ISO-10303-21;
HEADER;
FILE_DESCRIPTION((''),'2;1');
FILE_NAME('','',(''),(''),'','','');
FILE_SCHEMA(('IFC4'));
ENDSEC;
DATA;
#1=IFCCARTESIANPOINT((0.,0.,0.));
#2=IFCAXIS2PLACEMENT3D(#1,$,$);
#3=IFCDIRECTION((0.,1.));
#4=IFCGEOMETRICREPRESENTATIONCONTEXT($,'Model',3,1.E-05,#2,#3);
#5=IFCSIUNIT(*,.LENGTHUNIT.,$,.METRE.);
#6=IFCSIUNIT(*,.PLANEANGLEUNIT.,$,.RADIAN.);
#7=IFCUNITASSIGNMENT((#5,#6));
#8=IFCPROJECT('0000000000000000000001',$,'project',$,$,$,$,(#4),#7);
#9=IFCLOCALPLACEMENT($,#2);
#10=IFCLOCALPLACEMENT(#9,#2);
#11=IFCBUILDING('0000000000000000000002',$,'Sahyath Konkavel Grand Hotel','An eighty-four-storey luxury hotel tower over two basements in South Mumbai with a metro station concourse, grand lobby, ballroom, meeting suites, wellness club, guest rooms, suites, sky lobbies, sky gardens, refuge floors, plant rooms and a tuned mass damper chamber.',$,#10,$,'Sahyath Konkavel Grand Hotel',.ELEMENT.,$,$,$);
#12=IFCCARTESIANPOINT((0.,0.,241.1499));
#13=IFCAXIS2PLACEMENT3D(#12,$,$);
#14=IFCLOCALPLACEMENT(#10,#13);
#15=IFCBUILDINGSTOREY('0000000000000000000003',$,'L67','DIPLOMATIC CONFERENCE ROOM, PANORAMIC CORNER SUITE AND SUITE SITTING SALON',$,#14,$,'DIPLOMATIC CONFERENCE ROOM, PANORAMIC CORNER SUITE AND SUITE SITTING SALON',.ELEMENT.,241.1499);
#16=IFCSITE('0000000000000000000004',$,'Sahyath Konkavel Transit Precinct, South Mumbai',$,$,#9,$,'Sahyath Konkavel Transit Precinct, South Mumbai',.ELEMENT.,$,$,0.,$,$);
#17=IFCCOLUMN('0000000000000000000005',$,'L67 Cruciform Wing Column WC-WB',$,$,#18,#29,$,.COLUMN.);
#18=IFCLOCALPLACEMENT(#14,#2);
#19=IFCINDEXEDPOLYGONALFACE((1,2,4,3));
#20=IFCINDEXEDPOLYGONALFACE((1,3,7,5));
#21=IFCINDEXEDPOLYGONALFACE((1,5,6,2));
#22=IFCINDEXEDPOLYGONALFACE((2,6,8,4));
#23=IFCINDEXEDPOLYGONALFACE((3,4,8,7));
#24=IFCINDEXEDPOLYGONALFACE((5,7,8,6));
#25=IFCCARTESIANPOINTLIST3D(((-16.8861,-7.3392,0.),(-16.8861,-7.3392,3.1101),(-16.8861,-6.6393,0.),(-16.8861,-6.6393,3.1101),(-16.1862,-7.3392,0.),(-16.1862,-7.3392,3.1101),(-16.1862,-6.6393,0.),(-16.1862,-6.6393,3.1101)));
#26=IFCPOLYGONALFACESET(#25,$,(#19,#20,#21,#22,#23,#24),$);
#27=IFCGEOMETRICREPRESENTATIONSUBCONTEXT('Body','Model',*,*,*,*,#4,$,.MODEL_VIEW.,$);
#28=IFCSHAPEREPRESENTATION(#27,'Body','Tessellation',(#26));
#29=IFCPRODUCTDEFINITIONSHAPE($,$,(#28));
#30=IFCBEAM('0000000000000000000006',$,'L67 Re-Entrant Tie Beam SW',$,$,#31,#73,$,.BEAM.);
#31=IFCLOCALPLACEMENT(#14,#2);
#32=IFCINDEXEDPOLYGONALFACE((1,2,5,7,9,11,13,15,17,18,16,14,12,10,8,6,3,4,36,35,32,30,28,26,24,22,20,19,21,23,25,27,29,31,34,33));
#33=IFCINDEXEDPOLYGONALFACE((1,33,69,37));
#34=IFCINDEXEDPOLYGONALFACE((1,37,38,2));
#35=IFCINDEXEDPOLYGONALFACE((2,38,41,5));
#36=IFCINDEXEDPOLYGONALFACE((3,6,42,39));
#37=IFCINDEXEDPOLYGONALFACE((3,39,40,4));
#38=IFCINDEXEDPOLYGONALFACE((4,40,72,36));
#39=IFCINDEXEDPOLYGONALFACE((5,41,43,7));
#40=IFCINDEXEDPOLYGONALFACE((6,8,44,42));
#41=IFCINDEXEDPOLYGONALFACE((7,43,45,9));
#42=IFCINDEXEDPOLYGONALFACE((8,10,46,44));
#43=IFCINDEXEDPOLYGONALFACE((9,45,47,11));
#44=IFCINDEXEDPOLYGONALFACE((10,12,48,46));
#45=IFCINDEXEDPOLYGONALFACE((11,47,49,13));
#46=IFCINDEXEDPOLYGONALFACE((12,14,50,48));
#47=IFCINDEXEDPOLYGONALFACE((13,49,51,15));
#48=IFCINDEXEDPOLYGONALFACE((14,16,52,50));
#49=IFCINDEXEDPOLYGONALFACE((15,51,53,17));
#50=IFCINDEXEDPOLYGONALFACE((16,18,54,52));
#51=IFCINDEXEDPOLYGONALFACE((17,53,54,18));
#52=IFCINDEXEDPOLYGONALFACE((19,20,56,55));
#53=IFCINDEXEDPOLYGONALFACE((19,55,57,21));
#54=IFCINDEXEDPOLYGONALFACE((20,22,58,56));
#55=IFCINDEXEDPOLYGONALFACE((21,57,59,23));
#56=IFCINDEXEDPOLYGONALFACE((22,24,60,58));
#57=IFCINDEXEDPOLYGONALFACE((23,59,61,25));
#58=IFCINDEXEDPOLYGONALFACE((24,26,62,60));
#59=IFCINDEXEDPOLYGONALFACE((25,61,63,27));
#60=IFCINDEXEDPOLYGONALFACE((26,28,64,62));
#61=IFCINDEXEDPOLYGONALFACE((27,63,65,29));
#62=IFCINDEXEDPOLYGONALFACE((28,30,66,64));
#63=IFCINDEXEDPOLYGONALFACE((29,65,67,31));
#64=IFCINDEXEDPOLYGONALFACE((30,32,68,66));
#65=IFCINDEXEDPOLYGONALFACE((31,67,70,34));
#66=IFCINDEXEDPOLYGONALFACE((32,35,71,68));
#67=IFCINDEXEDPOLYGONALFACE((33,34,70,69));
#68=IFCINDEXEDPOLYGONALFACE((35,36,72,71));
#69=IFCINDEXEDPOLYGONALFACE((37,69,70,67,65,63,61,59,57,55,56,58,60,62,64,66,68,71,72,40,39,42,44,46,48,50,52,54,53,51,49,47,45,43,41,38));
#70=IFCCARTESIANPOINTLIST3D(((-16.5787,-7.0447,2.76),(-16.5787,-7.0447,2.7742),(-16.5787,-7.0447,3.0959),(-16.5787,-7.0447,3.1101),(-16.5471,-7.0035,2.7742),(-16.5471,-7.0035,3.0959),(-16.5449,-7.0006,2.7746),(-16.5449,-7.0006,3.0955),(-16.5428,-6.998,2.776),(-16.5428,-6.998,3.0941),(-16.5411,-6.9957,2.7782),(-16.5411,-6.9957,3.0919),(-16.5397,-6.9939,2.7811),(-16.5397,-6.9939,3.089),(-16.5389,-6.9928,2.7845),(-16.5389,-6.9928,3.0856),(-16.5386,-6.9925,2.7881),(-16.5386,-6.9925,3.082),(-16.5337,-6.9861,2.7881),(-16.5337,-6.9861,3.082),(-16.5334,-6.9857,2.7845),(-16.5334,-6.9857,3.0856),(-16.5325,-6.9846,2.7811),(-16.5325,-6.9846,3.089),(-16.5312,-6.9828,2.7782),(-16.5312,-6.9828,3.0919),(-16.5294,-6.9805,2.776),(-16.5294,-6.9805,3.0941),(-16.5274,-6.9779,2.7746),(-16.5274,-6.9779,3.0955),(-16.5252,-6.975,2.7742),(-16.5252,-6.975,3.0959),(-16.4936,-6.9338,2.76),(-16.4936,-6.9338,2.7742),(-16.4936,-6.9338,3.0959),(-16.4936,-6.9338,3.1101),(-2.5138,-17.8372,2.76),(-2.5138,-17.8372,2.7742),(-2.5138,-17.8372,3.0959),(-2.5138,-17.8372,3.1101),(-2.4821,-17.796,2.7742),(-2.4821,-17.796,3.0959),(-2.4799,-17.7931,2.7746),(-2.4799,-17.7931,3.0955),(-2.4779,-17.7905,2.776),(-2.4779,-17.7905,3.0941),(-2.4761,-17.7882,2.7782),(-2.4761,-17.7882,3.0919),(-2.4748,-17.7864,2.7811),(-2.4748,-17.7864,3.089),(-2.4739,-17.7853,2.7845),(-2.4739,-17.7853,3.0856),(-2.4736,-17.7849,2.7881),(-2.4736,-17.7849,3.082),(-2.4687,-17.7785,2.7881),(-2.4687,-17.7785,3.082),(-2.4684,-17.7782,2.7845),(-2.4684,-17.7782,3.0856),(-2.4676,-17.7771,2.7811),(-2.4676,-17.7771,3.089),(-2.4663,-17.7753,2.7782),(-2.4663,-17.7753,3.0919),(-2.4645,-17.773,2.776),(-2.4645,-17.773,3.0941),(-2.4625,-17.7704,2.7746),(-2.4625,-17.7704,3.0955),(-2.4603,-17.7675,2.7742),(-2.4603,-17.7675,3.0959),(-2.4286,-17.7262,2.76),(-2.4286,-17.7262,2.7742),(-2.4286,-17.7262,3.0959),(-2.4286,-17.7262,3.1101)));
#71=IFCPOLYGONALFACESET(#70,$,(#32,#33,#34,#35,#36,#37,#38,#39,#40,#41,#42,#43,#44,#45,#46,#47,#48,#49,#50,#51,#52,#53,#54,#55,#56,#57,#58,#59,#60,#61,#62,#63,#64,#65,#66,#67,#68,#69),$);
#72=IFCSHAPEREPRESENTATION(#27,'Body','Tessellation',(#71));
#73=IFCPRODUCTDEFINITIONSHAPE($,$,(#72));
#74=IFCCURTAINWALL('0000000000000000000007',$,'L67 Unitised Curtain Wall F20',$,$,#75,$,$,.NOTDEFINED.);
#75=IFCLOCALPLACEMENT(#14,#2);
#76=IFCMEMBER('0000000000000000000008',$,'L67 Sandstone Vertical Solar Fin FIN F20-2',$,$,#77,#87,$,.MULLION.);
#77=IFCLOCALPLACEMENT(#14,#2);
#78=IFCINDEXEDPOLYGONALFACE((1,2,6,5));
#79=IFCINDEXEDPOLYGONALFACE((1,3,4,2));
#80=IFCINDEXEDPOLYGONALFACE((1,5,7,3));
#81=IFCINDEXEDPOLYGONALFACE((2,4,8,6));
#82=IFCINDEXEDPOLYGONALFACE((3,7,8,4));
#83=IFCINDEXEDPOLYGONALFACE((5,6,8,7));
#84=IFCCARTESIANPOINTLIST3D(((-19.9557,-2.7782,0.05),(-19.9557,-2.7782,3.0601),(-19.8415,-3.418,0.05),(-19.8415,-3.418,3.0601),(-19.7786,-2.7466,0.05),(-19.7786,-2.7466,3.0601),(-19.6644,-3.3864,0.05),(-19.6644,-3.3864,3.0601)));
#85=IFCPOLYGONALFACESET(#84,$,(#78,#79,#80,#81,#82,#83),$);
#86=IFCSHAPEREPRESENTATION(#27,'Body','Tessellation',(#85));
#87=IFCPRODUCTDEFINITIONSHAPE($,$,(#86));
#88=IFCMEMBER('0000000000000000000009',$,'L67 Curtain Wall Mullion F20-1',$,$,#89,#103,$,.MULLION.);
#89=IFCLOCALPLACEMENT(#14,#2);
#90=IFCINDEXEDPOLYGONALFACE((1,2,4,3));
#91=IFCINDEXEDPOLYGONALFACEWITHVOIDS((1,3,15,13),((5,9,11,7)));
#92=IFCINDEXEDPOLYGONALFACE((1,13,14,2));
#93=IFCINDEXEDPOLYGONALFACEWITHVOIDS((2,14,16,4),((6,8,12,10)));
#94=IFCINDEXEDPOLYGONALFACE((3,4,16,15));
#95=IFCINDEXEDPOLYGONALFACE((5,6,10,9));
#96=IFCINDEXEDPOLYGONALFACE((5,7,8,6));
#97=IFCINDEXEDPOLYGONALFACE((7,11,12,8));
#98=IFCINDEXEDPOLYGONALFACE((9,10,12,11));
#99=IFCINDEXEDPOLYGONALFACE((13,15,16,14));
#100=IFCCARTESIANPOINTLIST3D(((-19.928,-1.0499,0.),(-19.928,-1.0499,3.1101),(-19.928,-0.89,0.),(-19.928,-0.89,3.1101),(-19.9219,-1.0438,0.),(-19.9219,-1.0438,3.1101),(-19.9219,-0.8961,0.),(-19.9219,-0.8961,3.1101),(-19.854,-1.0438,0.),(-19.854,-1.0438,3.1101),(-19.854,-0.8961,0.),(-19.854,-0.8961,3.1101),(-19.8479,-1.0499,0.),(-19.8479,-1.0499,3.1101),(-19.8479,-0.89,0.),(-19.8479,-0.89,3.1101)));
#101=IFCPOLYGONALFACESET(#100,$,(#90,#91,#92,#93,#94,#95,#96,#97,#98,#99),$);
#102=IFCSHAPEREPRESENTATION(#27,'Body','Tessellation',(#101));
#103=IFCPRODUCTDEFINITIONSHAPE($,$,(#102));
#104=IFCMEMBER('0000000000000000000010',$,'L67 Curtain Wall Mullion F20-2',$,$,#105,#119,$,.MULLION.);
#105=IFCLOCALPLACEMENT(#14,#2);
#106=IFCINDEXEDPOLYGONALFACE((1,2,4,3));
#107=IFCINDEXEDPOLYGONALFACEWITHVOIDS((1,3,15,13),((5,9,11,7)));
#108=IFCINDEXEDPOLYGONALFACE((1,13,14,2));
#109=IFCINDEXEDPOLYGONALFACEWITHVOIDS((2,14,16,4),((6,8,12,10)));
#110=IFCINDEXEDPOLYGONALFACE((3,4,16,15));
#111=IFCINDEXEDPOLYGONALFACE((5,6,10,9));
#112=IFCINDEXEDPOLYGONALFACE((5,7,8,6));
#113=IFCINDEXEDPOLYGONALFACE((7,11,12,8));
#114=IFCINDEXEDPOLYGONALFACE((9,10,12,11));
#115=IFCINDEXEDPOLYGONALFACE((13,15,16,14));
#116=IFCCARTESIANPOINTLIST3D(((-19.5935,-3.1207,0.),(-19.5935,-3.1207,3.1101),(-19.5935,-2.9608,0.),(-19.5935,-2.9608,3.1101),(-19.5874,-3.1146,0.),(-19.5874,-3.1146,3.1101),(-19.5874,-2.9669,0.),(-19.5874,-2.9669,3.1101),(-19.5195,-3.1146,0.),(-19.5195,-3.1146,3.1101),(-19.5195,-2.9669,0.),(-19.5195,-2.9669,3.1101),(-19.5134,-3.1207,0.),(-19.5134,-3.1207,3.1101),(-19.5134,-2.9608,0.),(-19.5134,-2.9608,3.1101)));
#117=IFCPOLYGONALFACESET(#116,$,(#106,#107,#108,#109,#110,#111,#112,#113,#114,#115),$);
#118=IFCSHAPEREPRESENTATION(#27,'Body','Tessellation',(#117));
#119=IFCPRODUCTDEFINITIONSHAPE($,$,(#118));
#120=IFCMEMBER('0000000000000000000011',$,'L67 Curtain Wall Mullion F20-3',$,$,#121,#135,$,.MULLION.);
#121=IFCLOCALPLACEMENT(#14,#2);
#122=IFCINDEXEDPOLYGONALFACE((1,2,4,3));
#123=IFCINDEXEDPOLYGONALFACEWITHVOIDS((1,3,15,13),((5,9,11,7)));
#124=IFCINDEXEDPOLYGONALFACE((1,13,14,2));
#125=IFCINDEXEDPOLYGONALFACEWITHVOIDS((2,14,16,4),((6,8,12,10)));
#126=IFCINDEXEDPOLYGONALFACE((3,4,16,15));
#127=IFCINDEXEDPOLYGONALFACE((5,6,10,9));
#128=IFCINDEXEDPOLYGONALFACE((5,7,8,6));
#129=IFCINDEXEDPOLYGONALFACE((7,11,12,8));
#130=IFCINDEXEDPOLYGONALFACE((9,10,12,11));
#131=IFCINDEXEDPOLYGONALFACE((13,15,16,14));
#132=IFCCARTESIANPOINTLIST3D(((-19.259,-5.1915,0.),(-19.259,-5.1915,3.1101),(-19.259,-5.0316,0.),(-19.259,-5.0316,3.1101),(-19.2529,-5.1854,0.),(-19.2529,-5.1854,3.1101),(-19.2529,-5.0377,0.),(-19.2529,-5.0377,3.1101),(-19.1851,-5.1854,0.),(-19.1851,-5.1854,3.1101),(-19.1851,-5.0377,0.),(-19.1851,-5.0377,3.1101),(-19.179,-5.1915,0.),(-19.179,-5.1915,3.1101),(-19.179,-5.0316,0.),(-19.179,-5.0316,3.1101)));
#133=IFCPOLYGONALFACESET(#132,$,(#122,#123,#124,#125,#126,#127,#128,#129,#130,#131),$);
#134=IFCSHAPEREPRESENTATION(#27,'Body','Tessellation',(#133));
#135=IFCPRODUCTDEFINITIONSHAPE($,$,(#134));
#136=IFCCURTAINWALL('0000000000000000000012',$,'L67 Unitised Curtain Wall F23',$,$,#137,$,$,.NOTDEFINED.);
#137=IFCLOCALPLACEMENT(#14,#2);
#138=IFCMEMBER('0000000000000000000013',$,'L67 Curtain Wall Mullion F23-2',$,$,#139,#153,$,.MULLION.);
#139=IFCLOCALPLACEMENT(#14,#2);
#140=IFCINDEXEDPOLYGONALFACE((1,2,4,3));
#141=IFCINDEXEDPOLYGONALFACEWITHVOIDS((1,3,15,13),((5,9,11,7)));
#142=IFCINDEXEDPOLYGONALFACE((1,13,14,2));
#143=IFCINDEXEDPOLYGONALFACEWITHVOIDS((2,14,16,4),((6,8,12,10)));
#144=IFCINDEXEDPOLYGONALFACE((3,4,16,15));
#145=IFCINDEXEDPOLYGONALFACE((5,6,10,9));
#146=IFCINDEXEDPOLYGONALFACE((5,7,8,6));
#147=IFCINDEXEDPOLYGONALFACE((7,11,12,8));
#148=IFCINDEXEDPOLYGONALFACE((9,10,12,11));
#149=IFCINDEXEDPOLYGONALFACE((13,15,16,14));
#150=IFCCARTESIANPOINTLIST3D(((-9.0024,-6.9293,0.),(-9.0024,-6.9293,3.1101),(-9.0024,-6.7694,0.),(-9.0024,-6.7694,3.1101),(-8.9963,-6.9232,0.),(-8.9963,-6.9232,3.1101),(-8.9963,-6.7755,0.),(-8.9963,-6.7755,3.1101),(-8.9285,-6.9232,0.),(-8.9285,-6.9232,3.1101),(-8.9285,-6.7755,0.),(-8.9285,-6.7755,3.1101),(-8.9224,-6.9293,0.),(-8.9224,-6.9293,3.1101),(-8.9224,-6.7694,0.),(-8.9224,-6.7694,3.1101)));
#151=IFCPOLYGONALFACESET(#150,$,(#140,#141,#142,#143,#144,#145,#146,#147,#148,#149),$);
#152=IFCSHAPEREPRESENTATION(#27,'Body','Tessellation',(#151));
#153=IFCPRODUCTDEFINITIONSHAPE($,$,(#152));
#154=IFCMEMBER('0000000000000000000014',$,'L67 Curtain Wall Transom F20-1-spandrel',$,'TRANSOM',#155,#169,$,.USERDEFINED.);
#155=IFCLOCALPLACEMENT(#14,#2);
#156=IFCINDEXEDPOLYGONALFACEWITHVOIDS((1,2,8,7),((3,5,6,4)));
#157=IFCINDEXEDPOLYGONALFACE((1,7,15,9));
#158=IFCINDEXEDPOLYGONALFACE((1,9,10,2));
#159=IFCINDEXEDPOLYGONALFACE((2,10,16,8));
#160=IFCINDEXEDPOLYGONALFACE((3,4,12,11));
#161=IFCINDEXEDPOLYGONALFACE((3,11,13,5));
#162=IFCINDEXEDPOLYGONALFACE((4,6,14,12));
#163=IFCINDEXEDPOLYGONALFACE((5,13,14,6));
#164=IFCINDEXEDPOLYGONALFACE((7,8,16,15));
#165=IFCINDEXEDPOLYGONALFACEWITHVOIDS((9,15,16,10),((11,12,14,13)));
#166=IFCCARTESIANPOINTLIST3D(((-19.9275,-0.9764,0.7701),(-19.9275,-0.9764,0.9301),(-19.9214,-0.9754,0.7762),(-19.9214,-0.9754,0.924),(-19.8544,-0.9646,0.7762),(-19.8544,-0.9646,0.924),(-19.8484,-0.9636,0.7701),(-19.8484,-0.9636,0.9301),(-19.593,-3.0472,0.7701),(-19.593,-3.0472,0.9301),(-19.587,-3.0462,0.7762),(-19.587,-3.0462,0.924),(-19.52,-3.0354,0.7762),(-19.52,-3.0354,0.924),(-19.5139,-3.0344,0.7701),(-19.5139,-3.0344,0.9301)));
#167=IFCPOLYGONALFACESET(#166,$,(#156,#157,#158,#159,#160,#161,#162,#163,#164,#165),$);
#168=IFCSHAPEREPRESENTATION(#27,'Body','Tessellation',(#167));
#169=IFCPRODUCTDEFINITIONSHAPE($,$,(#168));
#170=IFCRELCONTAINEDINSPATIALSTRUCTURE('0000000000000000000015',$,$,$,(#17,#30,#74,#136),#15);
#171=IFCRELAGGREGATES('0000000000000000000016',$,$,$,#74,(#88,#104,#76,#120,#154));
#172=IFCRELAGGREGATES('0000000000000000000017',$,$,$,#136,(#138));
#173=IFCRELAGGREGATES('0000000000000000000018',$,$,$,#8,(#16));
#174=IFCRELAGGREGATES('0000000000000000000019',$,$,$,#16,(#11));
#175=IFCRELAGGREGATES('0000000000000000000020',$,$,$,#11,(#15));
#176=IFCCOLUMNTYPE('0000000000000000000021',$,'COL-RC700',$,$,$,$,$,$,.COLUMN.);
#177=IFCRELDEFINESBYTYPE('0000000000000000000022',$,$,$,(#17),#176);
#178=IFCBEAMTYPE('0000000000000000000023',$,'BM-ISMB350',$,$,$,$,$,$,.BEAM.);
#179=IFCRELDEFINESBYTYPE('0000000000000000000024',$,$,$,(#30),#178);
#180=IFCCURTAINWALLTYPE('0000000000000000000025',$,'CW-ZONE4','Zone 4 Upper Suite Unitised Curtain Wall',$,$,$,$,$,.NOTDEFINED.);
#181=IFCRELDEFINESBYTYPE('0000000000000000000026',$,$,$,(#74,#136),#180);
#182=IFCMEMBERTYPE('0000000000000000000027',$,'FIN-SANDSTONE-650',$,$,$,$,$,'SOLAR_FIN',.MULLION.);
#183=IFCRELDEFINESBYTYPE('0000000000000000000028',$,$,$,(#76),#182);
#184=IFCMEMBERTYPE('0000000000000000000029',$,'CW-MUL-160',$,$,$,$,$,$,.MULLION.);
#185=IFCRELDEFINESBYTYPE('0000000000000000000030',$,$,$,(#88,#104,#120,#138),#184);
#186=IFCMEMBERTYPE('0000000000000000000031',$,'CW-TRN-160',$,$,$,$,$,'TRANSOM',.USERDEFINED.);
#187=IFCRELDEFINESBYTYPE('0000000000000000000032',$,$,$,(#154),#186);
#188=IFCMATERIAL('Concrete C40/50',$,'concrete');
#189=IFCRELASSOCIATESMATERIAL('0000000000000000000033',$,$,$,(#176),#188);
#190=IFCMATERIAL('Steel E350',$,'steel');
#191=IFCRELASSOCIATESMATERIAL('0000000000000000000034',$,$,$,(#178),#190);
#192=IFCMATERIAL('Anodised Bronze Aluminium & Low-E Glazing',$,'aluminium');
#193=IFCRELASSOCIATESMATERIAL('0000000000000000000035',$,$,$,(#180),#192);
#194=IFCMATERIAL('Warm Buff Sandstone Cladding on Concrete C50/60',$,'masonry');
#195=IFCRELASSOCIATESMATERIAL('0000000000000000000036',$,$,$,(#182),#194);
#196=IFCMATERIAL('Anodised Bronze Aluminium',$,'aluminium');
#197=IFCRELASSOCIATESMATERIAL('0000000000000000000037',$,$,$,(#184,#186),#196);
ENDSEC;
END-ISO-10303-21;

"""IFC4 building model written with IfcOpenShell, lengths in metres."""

from ifc_helpers import new_model, si_unit, direction, frame, origin, origin_2d, place, context, subcontext, project, spatial, rectangle, hollow_rectangle, i_section, extrude, source, transform, mapped, material, material_profile, profile_set, type_object, element, aggregate, save


model = new_model("IFC4")

# Units and contexts
model_context = context("Model", 3, precision=1e-05, world=origin(), true_north=direction((0.0, 1.0)))
body_context = subcontext(model_context, "Body", "Model", "MODEL_VIEW")
ifc_project = project(units=[si_unit("LENGTHUNIT", "METRE"), si_unit("PLANEANGLEUNIT", "RADIAN")], contexts=[model_context])

# Site, building, storey
site_placement = place(None, origin())
site = spatial("IfcSite", under=ifc_project, at=site_placement, Name="Sahyath Konkavel Transit Precinct, South Mumbai", LongName="Sahyath Konkavel Transit Precinct, South Mumbai", CompositionType="ELEMENT", RefElevation=0.0)
building_placement = place(site_placement, origin())
building = spatial("IfcBuilding", under=site, at=building_placement, Name="Sahyath Konkavel Grand Hotel", Description="An eighty-four-storey luxury hotel tower over two basements in South Mumbai with a metro station concourse, grand lobby, ballroom, meeting suites, wellness club, guest rooms, suites, sky lobbies, sky gardens, refuge floors, plant rooms and a tuned mass damper chamber.", LongName="Sahyath Konkavel Grand Hotel", CompositionType="ELEMENT")
storey_placement = place(building_placement, frame((0.0, 0.0, 241.1499)))
storey = spatial("IfcBuildingStorey", under=building, at=storey_placement, Name="L67", Description="DIPLOMATIC CONFERENCE ROOM, PANORAMIC CORNER SUITE AND SUITE SITTING SALON", LongName="DIPLOMATIC CONFERENCE ROOM, PANORAMIC CORNER SUITE AND SUITE SITTING SALON", CompositionType="ELEMENT", Elevation=241.1499)

# Column
ifc_material_1 = material(Name="Concrete C40/50", Category="concrete")
ifc_material_profile_1 = material_profile(ifc_material_1, rectangle(XDim=0.7, YDim=0.7, at=origin_2d()), Name="RC 700x700")
ifc_profile_set_1 = profile_set([ifc_material_profile_1], Name="Concrete C40/50")
column_type = type_object("IfcColumnType", Name="COL-RC700", PredefinedType="COLUMN", material=ifc_profile_set_1)
shared_shape_1 = source(origin(), body_context, "Body", "SweptSolid", [
    extrude(rectangle(XDim=0.7, YDim=0.7, at=origin_2d()), origin(), (0.0, 0.0, 1.0), 3.1101),
])
column_placement = place(storey_placement, frame((-16.5361, -6.9893, 0.0), z_axis=(0.0, 0.0, 1.0), x_axis=(1.0, 0.0, 0.0)))
element("IfcColumn", 1, at=column_placement, inside=storey, type_object=column_type, Name="L67 Cruciform Wing Column WC-WB", PredefinedType="COLUMN", context=body_context, shape_type="MappedRepresentation", body=[
    mapped(shared_shape_1, transform((0.0, 0.0, 0.0), scale=1.0)),
])

# Beam
ifc_material_2 = material(Name="Steel E350", Category="steel")
ifc_material_profile_2 = material_profile(ifc_material_2, i_section(OverallWidth=0.1399, OverallDepth=0.3501, WebThickness=0.0081, FlangeThickness=0.0142, FilletRadius=0.0139, at=origin_2d()), Name="ISMB 350")
ifc_profile_set_2 = profile_set([ifc_material_profile_2], Name="Steel E350")
beam_type_1 = type_object("IfcBeamType", Name="BM-ISMB350", PredefinedType="BEAM", material=ifc_profile_set_2)
shared_shape_2 = source(origin(), body_context, "Body", "SweptSolid", [
    extrude(i_section(OverallWidth=0.1399, OverallDepth=0.3501, WebThickness=0.0081, FlangeThickness=0.0142, FilletRadius=0.0139, at=origin_2d()), origin(), (0.0, 0.0, 1.0), 17.7285),
])
beam_1_placement = place(storey_placement, frame((-16.5361, -6.9893, 2.9351), z_axis=(0.793351, -0.608764, 0.0), x_axis=(0.608764, 0.793351, 0.0)))
element("IfcBeam", 2, at=beam_1_placement, inside=storey, type_object=beam_type_1, Name="L67 Re-Entrant Tie Beam SW", PredefinedType="BEAM", context=body_context, shape_type="MappedRepresentation", body=[
    mapped(shared_shape_2, transform((0.0, 0.0, 0.0), scale=1.0)),
])

# Curtain wall, members
ifc_material_3 = material(Name="Anodised Bronze Aluminium & Low-E Glazing", Category="aluminium")
curtain_wall_type = type_object("IfcCurtainWallType", Name="CW-ZONE4", Description="Zone 4 Upper Suite Unitised Curtain Wall", PredefinedType="NOTDEFINED", material=ifc_material_3)
curtain_wall_1_placement = place(storey_placement, origin())
curtain_wall_1 = element("IfcCurtainWall", 3, at=curtain_wall_1_placement, inside=storey, type_object=curtain_wall_type, Name="L67 Unitised Curtain Wall F20", PredefinedType="NOTDEFINED")
ifc_material_4 = material(Name="Warm Buff Sandstone Cladding on Concrete C50/60", Category="masonry")
ifc_material_profile_3 = material_profile(ifc_material_4, rectangle(XDim=0.1799, YDim=0.6499, at=origin_2d()), Name="FIN 180x650")
ifc_profile_set_3 = profile_set([ifc_material_profile_3], Name="Warm Buff Sandstone Cladding on Concrete C50/60")
member_type_1 = type_object("IfcMemberType", Name="FIN-SANDSTONE-650", ElementType="SOLAR_FIN", PredefinedType="MULLION", material=ifc_profile_set_3)
shared_shape_3 = source(origin(), body_context, "Body", "SweptSolid", [
    extrude(rectangle(XDim=0.1799, YDim=0.6499, at=origin_2d()), origin(), (0.0, 0.0, 1.0), 3.01),
])
member_1_placement = place(storey_placement, frame((-19.8101, -3.0823, 0.05), z_axis=(0.0, 0.0, 1.0), x_axis=(0.984442, 0.17571, 0.0)))
member_1 = element("IfcMember", 4, at=member_1_placement, type_object=member_type_1, Name="L67 Sandstone Vertical Solar Fin FIN F20-2", PredefinedType="MULLION", context=body_context, shape_type="MappedRepresentation", body=[
    mapped(shared_shape_3, transform((0.0, 0.0, 0.0), scale=1.0)),
])
ifc_material_5 = material(Name="Anodised Bronze Aluminium", Category="aluminium")
ifc_material_profile_4 = material_profile(ifc_material_5, hollow_rectangle(XDim=0.0801, YDim=0.1599, WallThickness=0.0061, at=origin_2d()), Name="RHS 160x80x6")
ifc_profile_set_4 = profile_set([ifc_material_profile_4], Name="Anodised Bronze Aluminium")
member_type_2 = type_object("IfcMemberType", Name="CW-MUL-160", PredefinedType="MULLION", material=ifc_profile_set_4)
shared_shape_4 = source(origin(), body_context, "Body", "SweptSolid", [
    extrude(hollow_rectangle(XDim=0.0801, YDim=0.1599, WallThickness=0.0061, at=origin_2d()), origin(), (0.0, 0.0, 1.0), 3.1101),
])
member_2_placement = place(storey_placement, frame((-19.8879, -0.97, 0.0), z_axis=(0.0, 0.0, 1.0), x_axis=(1.0, 0.0, 0.0)))
member_2 = element("IfcMember", 5, at=member_2_placement, type_object=member_type_2, Name="L67 Curtain Wall Mullion F20-1", PredefinedType="MULLION", context=body_context, shape_type="MappedRepresentation", body=[
    mapped(shared_shape_4, transform((0.0, 0.0, 0.0), scale=1.0)),
])
member_3_placement = place(storey_placement, frame((-19.5535, -3.0408, 0.0), z_axis=(0.0, 0.0, 1.0), x_axis=(1.0, 0.0, 0.0)))
member_3 = element("IfcMember", 6, at=member_3_placement, type_object=member_type_2, Name="L67 Curtain Wall Mullion F20-2", PredefinedType="MULLION", context=body_context, shape_type="MappedRepresentation", body=[
    mapped(shared_shape_4, transform((0.0, 0.0, 0.0), scale=1.0)),
])
member_4_placement = place(storey_placement, frame((-19.219, -5.1116, 0.0), z_axis=(0.0, 0.0, 1.0), x_axis=(1.0, 0.0, 0.0)))
member_4 = element("IfcMember", 7, at=member_4_placement, type_object=member_type_2, Name="L67 Curtain Wall Mullion F20-3", PredefinedType="MULLION", context=body_context, shape_type="MappedRepresentation", body=[
    mapped(shared_shape_4, transform((0.0, 0.0, 0.0), scale=1.0)),
])

# Curtain wall, member
curtain_wall_2_placement = place(storey_placement, origin())
curtain_wall_2 = element("IfcCurtainWall", 8, at=curtain_wall_2_placement, inside=storey, type_object=curtain_wall_type, Name="L67 Unitised Curtain Wall F23", PredefinedType="NOTDEFINED")
member_5_placement = place(storey_placement, frame((-8.9624, -6.8494, 0.0), z_axis=(0.0, 0.0, 1.0), x_axis=(1.0, 0.0, 0.0)))
member_5 = element("IfcMember", 9, at=member_5_placement, type_object=member_type_2, Name="L67 Curtain Wall Mullion F23-2", PredefinedType="MULLION", context=body_context, shape_type="MappedRepresentation", body=[
    mapped(shared_shape_4, transform((0.0, 0.0, 0.0), scale=1.0)),
])

# Member
ifc_material_profile_5 = material_profile(ifc_material_5, hollow_rectangle(XDim=0.0801, YDim=0.1599, WallThickness=0.0061, at=origin_2d()), Name="RHS 160x80x6")
ifc_profile_set_5 = profile_set([ifc_material_profile_5], Name="Anodised Bronze Aluminium")
member_type_3 = type_object("IfcMemberType", Name="CW-TRN-160", ElementType="TRANSOM", PredefinedType="USERDEFINED", material=ifc_profile_set_5)
shared_shape_5 = source(origin(), body_context, "Body", "SweptSolid", [
    extrude(hollow_rectangle(XDim=0.0801, YDim=0.1599, WallThickness=0.0061, at=origin_2d()), origin(), (0.0, 0.0, 1.0), 2.0977),
])
member_6_placement = place(storey_placement, frame((-19.8879, -0.97, 0.8501), z_axis=(0.159452, -0.987206, 0.0), x_axis=(0.987206, 0.159452, 0.0)))
member_6 = element("IfcMember", 10, at=member_6_placement, type_object=member_type_3, Name="L67 Curtain Wall Transom F20-1-spandrel", ObjectType="TRANSOM", PredefinedType="USERDEFINED", context=body_context, shape_type="MappedRepresentation", body=[
    mapped(shared_shape_5, transform((0.0, 0.0, 0.0), scale=1.0)),
])

aggregate(curtain_wall_1, [member_2, member_3, member_1, member_4, member_6])
aggregate(curtain_wall_2, [member_5])

save(model, "model.ifc")
